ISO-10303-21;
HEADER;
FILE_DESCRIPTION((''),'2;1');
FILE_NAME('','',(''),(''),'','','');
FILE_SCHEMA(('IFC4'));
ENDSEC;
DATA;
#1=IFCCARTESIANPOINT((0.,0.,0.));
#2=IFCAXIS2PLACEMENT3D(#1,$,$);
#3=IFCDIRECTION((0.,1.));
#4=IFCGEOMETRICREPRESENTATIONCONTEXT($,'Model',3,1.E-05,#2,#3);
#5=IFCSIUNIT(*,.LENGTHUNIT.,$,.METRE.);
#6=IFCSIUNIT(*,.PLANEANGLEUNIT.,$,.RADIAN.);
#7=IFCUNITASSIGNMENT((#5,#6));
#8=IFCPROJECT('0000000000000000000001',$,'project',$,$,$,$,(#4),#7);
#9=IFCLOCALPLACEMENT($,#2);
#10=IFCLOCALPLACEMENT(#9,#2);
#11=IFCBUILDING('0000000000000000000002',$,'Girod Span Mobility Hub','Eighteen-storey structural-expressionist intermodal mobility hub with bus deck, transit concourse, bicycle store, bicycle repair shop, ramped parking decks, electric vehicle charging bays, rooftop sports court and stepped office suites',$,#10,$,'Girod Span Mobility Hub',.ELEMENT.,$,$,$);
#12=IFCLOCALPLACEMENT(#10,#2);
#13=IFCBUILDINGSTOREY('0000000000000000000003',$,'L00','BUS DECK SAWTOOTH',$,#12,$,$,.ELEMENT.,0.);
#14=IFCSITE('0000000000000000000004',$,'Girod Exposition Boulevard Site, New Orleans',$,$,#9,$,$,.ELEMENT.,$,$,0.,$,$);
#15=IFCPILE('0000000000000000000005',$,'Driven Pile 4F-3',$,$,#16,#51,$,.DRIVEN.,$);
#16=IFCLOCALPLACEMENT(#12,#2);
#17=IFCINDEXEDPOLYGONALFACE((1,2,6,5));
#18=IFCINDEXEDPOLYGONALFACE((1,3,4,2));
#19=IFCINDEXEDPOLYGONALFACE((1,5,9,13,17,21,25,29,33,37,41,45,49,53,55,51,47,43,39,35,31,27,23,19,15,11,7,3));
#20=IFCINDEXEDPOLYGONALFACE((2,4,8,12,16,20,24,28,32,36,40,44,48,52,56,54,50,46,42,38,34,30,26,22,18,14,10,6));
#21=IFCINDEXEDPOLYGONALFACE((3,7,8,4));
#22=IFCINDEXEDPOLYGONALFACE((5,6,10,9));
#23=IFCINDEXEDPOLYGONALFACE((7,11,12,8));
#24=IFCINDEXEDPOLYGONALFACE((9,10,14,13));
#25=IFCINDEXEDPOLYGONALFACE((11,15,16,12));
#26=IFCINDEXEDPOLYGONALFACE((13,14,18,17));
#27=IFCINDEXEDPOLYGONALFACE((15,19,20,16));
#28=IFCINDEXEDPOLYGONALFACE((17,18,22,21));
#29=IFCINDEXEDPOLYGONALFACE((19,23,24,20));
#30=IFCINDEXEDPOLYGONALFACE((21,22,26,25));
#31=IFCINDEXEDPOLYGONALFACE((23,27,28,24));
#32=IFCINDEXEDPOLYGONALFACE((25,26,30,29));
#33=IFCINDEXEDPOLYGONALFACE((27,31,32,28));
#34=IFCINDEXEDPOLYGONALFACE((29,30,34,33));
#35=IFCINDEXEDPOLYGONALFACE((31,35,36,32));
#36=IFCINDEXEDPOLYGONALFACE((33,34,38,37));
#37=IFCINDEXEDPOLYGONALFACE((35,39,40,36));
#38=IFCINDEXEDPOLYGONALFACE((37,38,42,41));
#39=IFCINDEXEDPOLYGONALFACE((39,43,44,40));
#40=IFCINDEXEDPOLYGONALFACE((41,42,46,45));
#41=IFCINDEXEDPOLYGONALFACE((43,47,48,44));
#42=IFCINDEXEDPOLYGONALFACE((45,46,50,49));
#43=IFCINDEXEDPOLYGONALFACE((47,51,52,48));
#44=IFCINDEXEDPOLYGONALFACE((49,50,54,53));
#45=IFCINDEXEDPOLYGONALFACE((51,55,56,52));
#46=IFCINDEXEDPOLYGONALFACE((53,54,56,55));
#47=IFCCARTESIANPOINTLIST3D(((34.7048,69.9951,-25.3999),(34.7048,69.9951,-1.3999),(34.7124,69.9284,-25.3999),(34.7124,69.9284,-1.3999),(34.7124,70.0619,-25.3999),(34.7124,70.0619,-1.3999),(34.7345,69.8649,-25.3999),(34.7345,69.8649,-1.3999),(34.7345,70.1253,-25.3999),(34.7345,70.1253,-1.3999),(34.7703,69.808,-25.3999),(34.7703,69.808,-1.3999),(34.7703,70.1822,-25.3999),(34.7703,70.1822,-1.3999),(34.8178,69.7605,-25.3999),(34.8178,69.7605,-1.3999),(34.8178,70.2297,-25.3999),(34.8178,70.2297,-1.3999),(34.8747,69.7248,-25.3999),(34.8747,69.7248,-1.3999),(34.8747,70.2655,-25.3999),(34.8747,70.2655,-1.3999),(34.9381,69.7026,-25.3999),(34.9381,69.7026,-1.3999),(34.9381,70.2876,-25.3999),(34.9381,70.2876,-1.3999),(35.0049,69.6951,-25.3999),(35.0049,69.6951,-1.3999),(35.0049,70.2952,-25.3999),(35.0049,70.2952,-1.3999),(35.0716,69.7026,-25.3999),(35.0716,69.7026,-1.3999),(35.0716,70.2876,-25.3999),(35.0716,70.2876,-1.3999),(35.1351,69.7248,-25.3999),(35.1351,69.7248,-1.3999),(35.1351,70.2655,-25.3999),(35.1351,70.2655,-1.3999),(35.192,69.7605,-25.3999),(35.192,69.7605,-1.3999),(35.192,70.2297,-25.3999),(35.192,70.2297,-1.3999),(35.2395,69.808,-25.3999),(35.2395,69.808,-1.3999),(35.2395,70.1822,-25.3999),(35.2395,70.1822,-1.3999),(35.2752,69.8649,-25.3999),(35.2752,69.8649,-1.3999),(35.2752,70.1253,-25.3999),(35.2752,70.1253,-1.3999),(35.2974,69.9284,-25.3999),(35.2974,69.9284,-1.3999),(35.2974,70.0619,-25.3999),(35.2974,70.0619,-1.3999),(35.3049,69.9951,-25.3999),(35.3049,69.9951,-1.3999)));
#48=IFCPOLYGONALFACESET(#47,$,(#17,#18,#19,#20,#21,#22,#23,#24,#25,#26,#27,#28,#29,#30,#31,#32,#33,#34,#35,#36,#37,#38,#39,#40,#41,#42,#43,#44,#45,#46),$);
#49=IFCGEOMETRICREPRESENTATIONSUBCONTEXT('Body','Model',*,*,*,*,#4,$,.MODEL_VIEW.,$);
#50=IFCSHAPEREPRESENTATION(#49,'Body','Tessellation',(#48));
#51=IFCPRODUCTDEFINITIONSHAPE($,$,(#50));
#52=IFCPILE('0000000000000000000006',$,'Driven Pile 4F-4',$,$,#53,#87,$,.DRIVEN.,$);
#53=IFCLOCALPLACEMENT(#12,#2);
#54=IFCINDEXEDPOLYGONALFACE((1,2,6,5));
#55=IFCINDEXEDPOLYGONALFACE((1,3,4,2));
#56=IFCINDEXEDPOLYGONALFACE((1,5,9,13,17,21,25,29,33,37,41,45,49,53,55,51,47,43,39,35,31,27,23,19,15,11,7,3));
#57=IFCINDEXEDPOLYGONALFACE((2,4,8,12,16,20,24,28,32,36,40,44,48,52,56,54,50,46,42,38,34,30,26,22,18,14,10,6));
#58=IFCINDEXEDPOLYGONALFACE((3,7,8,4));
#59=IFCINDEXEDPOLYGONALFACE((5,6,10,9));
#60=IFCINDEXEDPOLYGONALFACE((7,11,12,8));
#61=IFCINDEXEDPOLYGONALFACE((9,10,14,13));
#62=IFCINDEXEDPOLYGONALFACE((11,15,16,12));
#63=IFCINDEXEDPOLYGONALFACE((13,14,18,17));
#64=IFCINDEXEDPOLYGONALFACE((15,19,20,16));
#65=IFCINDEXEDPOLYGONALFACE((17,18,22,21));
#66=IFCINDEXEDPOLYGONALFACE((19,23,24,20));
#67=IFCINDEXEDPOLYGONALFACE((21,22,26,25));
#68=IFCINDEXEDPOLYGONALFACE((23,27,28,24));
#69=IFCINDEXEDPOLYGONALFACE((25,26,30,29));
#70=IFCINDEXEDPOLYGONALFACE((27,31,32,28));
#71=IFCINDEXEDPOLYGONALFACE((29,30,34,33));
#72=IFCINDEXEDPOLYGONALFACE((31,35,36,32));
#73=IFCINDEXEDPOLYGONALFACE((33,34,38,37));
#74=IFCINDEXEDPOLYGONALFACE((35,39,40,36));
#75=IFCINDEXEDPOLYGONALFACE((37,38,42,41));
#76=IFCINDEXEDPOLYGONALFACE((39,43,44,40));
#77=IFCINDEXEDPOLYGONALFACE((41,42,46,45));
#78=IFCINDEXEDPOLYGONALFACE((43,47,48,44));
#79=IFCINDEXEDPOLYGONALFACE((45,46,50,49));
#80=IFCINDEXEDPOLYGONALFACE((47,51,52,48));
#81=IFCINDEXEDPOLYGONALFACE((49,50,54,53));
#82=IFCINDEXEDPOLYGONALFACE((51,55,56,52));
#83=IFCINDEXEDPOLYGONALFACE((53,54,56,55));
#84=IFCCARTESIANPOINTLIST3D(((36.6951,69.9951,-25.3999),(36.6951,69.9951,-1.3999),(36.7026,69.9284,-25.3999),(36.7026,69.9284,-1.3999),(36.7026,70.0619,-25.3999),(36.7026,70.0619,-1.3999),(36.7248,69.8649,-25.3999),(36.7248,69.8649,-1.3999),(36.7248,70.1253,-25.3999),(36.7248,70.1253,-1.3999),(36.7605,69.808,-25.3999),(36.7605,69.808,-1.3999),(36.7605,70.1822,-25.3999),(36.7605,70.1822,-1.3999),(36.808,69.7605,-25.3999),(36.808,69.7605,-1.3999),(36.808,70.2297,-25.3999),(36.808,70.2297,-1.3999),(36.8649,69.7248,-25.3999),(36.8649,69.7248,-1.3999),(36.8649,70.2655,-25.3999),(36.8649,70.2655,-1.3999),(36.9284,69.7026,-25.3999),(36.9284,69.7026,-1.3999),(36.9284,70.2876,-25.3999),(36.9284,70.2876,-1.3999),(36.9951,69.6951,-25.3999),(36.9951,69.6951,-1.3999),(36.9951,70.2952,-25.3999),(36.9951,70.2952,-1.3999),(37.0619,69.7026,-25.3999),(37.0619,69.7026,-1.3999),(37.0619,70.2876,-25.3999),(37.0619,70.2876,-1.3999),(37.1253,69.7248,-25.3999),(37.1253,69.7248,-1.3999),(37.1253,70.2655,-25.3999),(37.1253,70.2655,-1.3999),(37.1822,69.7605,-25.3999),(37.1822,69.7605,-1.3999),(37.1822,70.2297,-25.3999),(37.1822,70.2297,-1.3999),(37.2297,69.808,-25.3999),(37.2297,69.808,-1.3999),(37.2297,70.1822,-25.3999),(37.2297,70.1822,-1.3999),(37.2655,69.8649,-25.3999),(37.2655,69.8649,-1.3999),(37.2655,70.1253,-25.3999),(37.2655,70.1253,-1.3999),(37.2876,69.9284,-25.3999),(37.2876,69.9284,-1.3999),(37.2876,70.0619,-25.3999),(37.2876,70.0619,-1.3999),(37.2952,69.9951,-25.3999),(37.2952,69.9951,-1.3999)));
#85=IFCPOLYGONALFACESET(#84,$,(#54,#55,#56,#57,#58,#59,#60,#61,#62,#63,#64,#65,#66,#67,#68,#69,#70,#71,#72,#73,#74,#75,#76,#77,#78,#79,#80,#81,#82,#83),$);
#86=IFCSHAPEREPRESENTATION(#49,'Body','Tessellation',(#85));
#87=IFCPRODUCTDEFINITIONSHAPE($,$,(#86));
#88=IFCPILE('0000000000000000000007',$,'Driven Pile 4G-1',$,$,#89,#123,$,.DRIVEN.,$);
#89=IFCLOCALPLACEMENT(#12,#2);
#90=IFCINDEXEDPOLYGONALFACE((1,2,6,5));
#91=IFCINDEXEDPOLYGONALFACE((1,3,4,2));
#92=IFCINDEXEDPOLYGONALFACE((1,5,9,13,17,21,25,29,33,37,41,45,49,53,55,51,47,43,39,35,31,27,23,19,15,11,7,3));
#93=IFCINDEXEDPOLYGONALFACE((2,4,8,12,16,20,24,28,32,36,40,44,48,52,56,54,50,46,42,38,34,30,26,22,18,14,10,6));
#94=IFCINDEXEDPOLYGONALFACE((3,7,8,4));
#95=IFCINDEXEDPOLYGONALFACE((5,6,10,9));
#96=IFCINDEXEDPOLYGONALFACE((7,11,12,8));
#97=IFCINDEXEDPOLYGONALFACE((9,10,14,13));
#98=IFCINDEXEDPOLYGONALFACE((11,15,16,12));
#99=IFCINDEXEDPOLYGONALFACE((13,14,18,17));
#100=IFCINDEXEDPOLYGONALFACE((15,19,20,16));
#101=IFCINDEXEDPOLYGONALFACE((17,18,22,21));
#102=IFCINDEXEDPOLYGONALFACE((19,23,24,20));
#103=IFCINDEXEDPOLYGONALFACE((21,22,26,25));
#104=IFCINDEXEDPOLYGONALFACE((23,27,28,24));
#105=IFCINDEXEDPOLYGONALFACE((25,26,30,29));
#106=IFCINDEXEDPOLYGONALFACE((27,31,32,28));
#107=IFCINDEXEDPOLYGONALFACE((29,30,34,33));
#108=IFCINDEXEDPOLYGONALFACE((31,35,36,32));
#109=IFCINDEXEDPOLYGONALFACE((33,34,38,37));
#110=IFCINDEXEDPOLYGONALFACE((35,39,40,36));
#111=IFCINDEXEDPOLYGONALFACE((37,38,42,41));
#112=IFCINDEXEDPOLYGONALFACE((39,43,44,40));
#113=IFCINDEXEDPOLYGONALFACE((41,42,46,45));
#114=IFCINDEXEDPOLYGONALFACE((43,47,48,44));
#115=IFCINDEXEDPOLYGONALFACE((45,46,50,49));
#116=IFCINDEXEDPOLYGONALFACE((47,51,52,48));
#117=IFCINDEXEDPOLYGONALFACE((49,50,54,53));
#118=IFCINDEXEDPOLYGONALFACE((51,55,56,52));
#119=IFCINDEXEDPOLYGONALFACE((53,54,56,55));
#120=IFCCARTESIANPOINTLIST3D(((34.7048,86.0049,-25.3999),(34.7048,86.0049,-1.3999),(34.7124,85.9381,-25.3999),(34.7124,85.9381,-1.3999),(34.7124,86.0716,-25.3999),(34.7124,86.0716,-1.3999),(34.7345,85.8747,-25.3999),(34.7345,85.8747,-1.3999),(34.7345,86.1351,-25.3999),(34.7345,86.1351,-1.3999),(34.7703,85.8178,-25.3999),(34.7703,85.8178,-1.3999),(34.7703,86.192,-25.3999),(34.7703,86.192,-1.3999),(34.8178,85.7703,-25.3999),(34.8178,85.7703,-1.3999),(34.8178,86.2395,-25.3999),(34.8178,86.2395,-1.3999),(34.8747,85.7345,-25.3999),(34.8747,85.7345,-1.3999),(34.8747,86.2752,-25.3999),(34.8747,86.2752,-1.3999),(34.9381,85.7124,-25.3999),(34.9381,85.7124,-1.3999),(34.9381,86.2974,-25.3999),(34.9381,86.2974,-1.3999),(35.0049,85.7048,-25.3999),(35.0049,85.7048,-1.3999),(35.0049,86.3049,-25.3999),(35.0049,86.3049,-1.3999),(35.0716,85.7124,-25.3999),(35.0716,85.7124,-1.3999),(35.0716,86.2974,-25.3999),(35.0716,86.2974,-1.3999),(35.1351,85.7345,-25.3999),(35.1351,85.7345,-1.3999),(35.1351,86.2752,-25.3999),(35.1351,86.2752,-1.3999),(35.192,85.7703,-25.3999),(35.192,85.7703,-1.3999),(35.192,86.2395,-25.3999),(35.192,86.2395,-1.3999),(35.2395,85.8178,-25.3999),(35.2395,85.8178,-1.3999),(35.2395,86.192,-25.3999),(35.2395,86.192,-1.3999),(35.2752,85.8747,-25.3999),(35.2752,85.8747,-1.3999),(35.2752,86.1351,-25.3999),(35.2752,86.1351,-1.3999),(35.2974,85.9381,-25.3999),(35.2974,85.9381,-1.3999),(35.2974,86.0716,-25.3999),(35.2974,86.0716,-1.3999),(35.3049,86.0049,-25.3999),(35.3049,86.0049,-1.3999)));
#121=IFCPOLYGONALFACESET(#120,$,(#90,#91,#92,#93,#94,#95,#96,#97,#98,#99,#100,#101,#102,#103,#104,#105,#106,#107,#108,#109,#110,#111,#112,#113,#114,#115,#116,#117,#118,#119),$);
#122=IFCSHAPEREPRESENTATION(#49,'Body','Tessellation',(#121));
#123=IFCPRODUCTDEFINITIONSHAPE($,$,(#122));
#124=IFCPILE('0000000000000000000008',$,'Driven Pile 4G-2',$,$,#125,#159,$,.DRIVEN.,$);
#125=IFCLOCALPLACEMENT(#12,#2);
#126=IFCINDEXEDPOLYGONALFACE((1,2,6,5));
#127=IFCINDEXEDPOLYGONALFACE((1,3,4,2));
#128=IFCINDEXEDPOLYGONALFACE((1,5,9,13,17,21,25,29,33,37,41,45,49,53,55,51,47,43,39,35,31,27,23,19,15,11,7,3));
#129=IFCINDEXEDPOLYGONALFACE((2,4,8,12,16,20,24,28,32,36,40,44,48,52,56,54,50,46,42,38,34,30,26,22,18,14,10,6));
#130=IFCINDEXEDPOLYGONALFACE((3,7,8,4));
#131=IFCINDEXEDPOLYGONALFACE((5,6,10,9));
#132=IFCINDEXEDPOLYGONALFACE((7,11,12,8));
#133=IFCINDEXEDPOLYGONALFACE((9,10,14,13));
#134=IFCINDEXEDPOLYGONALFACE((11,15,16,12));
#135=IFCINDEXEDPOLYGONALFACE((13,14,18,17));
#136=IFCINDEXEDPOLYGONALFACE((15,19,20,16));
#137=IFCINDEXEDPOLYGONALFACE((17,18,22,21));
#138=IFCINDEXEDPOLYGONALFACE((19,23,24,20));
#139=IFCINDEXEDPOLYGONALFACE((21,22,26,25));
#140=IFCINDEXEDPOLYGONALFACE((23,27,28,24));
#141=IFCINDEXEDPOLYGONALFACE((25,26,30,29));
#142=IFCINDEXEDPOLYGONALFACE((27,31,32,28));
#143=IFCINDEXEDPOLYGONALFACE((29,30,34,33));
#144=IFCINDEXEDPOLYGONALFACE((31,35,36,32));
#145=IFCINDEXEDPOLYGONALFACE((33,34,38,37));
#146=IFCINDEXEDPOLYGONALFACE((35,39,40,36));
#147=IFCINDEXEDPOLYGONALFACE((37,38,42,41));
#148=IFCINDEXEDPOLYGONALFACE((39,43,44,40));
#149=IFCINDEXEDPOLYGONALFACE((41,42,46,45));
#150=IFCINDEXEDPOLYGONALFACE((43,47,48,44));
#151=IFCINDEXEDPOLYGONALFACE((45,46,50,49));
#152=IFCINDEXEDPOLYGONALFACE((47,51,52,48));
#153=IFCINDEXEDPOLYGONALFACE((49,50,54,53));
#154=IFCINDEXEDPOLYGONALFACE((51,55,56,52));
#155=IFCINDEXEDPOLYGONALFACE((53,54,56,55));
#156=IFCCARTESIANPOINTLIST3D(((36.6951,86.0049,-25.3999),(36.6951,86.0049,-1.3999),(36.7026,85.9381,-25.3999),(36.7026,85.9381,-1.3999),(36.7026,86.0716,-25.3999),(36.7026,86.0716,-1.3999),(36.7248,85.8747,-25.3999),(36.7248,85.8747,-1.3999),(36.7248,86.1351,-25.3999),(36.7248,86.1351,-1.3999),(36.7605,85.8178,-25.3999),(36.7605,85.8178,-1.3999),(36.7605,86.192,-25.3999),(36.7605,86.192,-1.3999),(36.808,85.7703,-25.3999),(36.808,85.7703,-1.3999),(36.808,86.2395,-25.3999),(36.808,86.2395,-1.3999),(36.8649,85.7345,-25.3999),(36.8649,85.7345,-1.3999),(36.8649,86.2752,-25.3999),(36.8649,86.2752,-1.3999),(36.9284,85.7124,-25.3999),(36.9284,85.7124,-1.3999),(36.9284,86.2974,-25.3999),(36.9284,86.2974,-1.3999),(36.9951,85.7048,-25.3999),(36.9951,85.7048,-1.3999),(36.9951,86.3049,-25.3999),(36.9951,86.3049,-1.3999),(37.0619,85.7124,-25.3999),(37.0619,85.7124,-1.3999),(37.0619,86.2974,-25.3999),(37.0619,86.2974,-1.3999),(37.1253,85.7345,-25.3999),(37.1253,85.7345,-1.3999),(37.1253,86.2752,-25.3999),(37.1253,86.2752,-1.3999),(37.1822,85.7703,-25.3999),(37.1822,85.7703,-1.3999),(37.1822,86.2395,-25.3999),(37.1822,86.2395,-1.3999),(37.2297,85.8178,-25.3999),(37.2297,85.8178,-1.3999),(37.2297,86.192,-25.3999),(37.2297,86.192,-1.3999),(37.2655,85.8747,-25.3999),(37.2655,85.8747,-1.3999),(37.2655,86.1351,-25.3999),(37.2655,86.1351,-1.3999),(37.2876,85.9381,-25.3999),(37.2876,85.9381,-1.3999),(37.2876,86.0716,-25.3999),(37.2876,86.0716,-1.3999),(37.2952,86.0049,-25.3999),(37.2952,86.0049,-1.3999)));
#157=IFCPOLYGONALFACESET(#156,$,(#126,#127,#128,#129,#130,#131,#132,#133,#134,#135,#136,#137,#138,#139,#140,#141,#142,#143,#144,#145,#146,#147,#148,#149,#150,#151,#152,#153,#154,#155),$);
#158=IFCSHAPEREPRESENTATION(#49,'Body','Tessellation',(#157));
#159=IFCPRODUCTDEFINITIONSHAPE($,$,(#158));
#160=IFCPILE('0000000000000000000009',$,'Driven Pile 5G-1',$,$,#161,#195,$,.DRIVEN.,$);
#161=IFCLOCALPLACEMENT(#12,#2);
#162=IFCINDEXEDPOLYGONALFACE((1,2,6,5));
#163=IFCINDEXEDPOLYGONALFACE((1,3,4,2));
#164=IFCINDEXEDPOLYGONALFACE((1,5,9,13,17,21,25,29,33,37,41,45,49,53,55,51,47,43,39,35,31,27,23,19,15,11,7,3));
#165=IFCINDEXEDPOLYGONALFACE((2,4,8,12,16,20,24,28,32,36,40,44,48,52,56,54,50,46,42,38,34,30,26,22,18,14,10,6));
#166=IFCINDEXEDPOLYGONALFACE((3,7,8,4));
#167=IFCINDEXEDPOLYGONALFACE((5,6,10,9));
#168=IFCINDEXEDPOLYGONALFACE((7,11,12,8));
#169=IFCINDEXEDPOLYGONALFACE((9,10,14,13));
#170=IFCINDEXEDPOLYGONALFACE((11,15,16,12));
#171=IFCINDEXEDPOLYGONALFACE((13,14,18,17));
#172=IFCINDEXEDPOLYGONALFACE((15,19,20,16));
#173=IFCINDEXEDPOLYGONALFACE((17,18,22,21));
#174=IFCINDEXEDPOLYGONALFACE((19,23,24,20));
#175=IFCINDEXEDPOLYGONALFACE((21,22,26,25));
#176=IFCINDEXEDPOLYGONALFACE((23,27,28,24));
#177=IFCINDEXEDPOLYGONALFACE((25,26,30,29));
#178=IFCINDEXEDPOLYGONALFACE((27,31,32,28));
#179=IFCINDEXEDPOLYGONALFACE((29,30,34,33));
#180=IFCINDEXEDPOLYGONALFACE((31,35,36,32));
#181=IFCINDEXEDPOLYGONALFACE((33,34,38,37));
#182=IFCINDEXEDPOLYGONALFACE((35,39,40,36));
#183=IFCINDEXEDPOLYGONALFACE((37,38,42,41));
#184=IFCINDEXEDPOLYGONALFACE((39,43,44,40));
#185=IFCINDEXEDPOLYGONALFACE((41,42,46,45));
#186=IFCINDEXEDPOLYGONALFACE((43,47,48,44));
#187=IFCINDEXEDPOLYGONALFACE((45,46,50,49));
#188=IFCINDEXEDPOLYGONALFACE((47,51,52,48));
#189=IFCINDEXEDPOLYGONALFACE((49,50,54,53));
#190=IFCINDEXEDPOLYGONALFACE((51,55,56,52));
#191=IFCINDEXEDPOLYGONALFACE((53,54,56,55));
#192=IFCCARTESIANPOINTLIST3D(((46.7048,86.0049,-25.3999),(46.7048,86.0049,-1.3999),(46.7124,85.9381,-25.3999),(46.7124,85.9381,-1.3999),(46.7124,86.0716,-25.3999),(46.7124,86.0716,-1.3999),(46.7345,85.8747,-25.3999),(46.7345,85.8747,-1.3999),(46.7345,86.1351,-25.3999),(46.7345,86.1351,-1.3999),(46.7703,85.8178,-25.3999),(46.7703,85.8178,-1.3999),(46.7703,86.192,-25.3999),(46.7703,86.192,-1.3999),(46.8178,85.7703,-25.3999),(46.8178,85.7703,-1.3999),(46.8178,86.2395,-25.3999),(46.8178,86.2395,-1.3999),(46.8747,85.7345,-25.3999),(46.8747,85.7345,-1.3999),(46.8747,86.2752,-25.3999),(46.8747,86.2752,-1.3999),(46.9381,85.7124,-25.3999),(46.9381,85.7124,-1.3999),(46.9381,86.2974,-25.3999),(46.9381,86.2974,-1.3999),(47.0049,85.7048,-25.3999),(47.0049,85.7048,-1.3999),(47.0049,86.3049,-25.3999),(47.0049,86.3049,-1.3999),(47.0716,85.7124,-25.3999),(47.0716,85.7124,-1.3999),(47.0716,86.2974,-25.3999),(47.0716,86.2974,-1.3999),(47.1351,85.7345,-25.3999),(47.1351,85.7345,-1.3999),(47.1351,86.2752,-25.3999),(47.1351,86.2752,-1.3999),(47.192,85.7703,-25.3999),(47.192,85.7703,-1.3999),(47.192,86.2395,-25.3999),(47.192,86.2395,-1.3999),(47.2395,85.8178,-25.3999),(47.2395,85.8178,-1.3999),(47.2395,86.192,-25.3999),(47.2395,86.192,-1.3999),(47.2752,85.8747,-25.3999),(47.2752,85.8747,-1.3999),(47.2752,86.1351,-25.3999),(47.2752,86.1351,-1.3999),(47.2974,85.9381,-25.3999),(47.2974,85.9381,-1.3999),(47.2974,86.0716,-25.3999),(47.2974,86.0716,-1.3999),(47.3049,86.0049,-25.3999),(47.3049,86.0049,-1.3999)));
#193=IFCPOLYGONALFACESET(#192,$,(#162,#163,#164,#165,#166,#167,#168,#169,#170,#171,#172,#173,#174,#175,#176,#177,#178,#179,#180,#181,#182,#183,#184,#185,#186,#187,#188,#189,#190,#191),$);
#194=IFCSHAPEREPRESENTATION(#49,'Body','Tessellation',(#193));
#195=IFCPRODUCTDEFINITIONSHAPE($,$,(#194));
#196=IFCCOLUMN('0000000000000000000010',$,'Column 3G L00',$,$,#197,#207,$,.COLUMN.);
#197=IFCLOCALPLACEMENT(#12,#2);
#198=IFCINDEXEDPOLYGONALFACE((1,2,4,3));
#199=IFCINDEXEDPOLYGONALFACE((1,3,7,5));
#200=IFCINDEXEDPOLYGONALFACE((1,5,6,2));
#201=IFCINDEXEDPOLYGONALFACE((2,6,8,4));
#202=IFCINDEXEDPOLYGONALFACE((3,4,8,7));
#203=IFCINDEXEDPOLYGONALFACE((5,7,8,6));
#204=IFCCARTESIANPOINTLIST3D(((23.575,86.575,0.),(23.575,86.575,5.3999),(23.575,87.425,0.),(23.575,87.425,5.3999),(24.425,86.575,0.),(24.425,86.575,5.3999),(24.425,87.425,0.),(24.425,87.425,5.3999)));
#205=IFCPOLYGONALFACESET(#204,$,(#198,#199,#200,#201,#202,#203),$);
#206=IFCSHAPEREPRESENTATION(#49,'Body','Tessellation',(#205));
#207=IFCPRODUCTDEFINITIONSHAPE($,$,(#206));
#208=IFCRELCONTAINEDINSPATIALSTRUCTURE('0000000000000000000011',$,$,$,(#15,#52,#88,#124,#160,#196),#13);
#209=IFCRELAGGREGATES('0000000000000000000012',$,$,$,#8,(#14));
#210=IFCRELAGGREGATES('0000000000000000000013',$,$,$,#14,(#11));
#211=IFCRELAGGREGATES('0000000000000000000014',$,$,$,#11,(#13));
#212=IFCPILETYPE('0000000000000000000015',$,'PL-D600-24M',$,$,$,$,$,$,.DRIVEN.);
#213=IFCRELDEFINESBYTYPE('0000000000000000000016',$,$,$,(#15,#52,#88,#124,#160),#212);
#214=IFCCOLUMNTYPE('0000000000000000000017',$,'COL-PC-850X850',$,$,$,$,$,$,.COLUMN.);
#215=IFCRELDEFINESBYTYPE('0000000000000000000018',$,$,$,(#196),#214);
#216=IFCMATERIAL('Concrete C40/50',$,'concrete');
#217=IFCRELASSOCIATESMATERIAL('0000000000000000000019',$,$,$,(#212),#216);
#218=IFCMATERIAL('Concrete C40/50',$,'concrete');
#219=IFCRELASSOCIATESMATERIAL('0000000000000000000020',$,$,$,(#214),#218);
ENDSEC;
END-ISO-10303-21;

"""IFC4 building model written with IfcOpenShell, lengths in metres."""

from ifc_helpers import new_model, si_unit, direction, frame, origin, origin_2d, place, context, subcontext, project, spatial, rectangle, circle, extrude, material, material_profile, profile_set, type_object, element, save


model = new_model("IFC4")

# Units and contexts
model_context = context("Model", 3, precision=1e-05, world=origin(), true_north=direction((0.0, 1.0)))
body_context = subcontext(model_context, "Body", "Model", "MODEL_VIEW")
ifc_project = project(units=[si_unit("LENGTHUNIT", "METRE"), si_unit("PLANEANGLEUNIT", "RADIAN")], contexts=[model_context])

# Site, building, storey
site_placement = place(None, origin())
site = spatial("IfcSite", under=ifc_project, at=site_placement, Name="Girod Exposition Boulevard Site, New Orleans", CompositionType="ELEMENT", RefElevation=0.0)
building_placement = place(site_placement, origin())
building = spatial("IfcBuilding", under=site, at=building_placement, Name="Girod Span Mobility Hub", Description="Eighteen-storey structural-expressionist intermodal mobility hub with bus deck, transit concourse, bicycle store, bicycle repair shop, ramped parking decks, electric vehicle charging bays, rooftop sports court and stepped office suites", LongName="Girod Span Mobility Hub", CompositionType="ELEMENT")
storey_placement = place(building_placement, origin())
storey = spatial("IfcBuildingStorey", under=building, at=storey_placement, Name="L00", Description="BUS DECK SAWTOOTH", CompositionType="ELEMENT", Elevation=0.0)

# Piles
ifc_material_1 = material(Name="Concrete C40/50", Category="concrete")
ifc_material_profile_1 = material_profile(ifc_material_1, circle(Radius=0.3, at=origin_2d()), Name="PILE-D600")
ifc_profile_set_1 = profile_set([ifc_material_profile_1], Name="Concrete C40/50")
pile_type = type_object("IfcPileType", Name="PL-D600-24M", PredefinedType="DRIVEN", material=ifc_profile_set_1)
for number, where, z_axis, x_axis, name in (
    (1, (35.0049, 69.9951, -1.3999), (0.0, 0.0, -1.0), (1.0, 0.0, 0.0), "Driven Pile 4F-3"),
    (2, (36.9951, 69.9951, -1.3999), (0.0, 0.0, -1.0), (1.0, 0.0, 0.0), "Driven Pile 4F-4"),
    (3, (35.0049, 86.0049, -1.3999), (0.0, 0.0, -1.0), (1.0, 0.0, 0.0), "Driven Pile 4G-1"),
    (4, (36.9951, 86.0049, -1.3999), (0.0, 0.0, -1.0), (1.0, 0.0, 0.0), "Driven Pile 4G-2"),
    (5, (47.0049, 86.0049, -1.3999), (0.0, 0.0, -1.0), (1.0, 0.0, 0.0), "Driven Pile 5G-1"),
):
    element("IfcPile", number, at=place(storey_placement, frame(where, z_axis=z_axis, x_axis=x_axis)), inside=storey, type_object=pile_type, Name=name, PredefinedType="DRIVEN", context=body_context, shape_type="SweptSolid", body=[
        extrude(circle(Radius=0.3, at=origin_2d()), origin(), (0.0, 0.0, 1.0), 24.0),
    ])

# Column
ifc_material_2 = material(Name="Concrete C40/50", Category="concrete")
ifc_material_profile_2 = material_profile(ifc_material_2, rectangle(XDim=0.8501, YDim=0.8501, at=origin_2d()), Name="PC-COL-850X850")
ifc_profile_set_2 = profile_set([ifc_material_profile_2], Name="Concrete C40/50")
column_type = type_object("IfcColumnType", Name="COL-PC-850X850", PredefinedType="COLUMN", material=ifc_profile_set_2)
for number, where, z_axis, x_axis, name in (
    (6, (24.0, 87.0, 0.0), (0.0, 0.0, 1.0), (1.0, 0.0, 0.0), "Column 3G L00"),
):
    element("IfcColumn", number, at=place(storey_placement, frame(where, z_axis=z_axis, x_axis=x_axis)), inside=storey, type_object=column_type, Name=name, PredefinedType="COLUMN", context=body_context, shape_type="SweptSolid", body=[
        extrude(rectangle(XDim=0.8501, YDim=0.8501, at=origin_2d()), origin(), (0.0, 0.0, 1.0), 5.3999),
    ])

save(model, "model.ifc")
